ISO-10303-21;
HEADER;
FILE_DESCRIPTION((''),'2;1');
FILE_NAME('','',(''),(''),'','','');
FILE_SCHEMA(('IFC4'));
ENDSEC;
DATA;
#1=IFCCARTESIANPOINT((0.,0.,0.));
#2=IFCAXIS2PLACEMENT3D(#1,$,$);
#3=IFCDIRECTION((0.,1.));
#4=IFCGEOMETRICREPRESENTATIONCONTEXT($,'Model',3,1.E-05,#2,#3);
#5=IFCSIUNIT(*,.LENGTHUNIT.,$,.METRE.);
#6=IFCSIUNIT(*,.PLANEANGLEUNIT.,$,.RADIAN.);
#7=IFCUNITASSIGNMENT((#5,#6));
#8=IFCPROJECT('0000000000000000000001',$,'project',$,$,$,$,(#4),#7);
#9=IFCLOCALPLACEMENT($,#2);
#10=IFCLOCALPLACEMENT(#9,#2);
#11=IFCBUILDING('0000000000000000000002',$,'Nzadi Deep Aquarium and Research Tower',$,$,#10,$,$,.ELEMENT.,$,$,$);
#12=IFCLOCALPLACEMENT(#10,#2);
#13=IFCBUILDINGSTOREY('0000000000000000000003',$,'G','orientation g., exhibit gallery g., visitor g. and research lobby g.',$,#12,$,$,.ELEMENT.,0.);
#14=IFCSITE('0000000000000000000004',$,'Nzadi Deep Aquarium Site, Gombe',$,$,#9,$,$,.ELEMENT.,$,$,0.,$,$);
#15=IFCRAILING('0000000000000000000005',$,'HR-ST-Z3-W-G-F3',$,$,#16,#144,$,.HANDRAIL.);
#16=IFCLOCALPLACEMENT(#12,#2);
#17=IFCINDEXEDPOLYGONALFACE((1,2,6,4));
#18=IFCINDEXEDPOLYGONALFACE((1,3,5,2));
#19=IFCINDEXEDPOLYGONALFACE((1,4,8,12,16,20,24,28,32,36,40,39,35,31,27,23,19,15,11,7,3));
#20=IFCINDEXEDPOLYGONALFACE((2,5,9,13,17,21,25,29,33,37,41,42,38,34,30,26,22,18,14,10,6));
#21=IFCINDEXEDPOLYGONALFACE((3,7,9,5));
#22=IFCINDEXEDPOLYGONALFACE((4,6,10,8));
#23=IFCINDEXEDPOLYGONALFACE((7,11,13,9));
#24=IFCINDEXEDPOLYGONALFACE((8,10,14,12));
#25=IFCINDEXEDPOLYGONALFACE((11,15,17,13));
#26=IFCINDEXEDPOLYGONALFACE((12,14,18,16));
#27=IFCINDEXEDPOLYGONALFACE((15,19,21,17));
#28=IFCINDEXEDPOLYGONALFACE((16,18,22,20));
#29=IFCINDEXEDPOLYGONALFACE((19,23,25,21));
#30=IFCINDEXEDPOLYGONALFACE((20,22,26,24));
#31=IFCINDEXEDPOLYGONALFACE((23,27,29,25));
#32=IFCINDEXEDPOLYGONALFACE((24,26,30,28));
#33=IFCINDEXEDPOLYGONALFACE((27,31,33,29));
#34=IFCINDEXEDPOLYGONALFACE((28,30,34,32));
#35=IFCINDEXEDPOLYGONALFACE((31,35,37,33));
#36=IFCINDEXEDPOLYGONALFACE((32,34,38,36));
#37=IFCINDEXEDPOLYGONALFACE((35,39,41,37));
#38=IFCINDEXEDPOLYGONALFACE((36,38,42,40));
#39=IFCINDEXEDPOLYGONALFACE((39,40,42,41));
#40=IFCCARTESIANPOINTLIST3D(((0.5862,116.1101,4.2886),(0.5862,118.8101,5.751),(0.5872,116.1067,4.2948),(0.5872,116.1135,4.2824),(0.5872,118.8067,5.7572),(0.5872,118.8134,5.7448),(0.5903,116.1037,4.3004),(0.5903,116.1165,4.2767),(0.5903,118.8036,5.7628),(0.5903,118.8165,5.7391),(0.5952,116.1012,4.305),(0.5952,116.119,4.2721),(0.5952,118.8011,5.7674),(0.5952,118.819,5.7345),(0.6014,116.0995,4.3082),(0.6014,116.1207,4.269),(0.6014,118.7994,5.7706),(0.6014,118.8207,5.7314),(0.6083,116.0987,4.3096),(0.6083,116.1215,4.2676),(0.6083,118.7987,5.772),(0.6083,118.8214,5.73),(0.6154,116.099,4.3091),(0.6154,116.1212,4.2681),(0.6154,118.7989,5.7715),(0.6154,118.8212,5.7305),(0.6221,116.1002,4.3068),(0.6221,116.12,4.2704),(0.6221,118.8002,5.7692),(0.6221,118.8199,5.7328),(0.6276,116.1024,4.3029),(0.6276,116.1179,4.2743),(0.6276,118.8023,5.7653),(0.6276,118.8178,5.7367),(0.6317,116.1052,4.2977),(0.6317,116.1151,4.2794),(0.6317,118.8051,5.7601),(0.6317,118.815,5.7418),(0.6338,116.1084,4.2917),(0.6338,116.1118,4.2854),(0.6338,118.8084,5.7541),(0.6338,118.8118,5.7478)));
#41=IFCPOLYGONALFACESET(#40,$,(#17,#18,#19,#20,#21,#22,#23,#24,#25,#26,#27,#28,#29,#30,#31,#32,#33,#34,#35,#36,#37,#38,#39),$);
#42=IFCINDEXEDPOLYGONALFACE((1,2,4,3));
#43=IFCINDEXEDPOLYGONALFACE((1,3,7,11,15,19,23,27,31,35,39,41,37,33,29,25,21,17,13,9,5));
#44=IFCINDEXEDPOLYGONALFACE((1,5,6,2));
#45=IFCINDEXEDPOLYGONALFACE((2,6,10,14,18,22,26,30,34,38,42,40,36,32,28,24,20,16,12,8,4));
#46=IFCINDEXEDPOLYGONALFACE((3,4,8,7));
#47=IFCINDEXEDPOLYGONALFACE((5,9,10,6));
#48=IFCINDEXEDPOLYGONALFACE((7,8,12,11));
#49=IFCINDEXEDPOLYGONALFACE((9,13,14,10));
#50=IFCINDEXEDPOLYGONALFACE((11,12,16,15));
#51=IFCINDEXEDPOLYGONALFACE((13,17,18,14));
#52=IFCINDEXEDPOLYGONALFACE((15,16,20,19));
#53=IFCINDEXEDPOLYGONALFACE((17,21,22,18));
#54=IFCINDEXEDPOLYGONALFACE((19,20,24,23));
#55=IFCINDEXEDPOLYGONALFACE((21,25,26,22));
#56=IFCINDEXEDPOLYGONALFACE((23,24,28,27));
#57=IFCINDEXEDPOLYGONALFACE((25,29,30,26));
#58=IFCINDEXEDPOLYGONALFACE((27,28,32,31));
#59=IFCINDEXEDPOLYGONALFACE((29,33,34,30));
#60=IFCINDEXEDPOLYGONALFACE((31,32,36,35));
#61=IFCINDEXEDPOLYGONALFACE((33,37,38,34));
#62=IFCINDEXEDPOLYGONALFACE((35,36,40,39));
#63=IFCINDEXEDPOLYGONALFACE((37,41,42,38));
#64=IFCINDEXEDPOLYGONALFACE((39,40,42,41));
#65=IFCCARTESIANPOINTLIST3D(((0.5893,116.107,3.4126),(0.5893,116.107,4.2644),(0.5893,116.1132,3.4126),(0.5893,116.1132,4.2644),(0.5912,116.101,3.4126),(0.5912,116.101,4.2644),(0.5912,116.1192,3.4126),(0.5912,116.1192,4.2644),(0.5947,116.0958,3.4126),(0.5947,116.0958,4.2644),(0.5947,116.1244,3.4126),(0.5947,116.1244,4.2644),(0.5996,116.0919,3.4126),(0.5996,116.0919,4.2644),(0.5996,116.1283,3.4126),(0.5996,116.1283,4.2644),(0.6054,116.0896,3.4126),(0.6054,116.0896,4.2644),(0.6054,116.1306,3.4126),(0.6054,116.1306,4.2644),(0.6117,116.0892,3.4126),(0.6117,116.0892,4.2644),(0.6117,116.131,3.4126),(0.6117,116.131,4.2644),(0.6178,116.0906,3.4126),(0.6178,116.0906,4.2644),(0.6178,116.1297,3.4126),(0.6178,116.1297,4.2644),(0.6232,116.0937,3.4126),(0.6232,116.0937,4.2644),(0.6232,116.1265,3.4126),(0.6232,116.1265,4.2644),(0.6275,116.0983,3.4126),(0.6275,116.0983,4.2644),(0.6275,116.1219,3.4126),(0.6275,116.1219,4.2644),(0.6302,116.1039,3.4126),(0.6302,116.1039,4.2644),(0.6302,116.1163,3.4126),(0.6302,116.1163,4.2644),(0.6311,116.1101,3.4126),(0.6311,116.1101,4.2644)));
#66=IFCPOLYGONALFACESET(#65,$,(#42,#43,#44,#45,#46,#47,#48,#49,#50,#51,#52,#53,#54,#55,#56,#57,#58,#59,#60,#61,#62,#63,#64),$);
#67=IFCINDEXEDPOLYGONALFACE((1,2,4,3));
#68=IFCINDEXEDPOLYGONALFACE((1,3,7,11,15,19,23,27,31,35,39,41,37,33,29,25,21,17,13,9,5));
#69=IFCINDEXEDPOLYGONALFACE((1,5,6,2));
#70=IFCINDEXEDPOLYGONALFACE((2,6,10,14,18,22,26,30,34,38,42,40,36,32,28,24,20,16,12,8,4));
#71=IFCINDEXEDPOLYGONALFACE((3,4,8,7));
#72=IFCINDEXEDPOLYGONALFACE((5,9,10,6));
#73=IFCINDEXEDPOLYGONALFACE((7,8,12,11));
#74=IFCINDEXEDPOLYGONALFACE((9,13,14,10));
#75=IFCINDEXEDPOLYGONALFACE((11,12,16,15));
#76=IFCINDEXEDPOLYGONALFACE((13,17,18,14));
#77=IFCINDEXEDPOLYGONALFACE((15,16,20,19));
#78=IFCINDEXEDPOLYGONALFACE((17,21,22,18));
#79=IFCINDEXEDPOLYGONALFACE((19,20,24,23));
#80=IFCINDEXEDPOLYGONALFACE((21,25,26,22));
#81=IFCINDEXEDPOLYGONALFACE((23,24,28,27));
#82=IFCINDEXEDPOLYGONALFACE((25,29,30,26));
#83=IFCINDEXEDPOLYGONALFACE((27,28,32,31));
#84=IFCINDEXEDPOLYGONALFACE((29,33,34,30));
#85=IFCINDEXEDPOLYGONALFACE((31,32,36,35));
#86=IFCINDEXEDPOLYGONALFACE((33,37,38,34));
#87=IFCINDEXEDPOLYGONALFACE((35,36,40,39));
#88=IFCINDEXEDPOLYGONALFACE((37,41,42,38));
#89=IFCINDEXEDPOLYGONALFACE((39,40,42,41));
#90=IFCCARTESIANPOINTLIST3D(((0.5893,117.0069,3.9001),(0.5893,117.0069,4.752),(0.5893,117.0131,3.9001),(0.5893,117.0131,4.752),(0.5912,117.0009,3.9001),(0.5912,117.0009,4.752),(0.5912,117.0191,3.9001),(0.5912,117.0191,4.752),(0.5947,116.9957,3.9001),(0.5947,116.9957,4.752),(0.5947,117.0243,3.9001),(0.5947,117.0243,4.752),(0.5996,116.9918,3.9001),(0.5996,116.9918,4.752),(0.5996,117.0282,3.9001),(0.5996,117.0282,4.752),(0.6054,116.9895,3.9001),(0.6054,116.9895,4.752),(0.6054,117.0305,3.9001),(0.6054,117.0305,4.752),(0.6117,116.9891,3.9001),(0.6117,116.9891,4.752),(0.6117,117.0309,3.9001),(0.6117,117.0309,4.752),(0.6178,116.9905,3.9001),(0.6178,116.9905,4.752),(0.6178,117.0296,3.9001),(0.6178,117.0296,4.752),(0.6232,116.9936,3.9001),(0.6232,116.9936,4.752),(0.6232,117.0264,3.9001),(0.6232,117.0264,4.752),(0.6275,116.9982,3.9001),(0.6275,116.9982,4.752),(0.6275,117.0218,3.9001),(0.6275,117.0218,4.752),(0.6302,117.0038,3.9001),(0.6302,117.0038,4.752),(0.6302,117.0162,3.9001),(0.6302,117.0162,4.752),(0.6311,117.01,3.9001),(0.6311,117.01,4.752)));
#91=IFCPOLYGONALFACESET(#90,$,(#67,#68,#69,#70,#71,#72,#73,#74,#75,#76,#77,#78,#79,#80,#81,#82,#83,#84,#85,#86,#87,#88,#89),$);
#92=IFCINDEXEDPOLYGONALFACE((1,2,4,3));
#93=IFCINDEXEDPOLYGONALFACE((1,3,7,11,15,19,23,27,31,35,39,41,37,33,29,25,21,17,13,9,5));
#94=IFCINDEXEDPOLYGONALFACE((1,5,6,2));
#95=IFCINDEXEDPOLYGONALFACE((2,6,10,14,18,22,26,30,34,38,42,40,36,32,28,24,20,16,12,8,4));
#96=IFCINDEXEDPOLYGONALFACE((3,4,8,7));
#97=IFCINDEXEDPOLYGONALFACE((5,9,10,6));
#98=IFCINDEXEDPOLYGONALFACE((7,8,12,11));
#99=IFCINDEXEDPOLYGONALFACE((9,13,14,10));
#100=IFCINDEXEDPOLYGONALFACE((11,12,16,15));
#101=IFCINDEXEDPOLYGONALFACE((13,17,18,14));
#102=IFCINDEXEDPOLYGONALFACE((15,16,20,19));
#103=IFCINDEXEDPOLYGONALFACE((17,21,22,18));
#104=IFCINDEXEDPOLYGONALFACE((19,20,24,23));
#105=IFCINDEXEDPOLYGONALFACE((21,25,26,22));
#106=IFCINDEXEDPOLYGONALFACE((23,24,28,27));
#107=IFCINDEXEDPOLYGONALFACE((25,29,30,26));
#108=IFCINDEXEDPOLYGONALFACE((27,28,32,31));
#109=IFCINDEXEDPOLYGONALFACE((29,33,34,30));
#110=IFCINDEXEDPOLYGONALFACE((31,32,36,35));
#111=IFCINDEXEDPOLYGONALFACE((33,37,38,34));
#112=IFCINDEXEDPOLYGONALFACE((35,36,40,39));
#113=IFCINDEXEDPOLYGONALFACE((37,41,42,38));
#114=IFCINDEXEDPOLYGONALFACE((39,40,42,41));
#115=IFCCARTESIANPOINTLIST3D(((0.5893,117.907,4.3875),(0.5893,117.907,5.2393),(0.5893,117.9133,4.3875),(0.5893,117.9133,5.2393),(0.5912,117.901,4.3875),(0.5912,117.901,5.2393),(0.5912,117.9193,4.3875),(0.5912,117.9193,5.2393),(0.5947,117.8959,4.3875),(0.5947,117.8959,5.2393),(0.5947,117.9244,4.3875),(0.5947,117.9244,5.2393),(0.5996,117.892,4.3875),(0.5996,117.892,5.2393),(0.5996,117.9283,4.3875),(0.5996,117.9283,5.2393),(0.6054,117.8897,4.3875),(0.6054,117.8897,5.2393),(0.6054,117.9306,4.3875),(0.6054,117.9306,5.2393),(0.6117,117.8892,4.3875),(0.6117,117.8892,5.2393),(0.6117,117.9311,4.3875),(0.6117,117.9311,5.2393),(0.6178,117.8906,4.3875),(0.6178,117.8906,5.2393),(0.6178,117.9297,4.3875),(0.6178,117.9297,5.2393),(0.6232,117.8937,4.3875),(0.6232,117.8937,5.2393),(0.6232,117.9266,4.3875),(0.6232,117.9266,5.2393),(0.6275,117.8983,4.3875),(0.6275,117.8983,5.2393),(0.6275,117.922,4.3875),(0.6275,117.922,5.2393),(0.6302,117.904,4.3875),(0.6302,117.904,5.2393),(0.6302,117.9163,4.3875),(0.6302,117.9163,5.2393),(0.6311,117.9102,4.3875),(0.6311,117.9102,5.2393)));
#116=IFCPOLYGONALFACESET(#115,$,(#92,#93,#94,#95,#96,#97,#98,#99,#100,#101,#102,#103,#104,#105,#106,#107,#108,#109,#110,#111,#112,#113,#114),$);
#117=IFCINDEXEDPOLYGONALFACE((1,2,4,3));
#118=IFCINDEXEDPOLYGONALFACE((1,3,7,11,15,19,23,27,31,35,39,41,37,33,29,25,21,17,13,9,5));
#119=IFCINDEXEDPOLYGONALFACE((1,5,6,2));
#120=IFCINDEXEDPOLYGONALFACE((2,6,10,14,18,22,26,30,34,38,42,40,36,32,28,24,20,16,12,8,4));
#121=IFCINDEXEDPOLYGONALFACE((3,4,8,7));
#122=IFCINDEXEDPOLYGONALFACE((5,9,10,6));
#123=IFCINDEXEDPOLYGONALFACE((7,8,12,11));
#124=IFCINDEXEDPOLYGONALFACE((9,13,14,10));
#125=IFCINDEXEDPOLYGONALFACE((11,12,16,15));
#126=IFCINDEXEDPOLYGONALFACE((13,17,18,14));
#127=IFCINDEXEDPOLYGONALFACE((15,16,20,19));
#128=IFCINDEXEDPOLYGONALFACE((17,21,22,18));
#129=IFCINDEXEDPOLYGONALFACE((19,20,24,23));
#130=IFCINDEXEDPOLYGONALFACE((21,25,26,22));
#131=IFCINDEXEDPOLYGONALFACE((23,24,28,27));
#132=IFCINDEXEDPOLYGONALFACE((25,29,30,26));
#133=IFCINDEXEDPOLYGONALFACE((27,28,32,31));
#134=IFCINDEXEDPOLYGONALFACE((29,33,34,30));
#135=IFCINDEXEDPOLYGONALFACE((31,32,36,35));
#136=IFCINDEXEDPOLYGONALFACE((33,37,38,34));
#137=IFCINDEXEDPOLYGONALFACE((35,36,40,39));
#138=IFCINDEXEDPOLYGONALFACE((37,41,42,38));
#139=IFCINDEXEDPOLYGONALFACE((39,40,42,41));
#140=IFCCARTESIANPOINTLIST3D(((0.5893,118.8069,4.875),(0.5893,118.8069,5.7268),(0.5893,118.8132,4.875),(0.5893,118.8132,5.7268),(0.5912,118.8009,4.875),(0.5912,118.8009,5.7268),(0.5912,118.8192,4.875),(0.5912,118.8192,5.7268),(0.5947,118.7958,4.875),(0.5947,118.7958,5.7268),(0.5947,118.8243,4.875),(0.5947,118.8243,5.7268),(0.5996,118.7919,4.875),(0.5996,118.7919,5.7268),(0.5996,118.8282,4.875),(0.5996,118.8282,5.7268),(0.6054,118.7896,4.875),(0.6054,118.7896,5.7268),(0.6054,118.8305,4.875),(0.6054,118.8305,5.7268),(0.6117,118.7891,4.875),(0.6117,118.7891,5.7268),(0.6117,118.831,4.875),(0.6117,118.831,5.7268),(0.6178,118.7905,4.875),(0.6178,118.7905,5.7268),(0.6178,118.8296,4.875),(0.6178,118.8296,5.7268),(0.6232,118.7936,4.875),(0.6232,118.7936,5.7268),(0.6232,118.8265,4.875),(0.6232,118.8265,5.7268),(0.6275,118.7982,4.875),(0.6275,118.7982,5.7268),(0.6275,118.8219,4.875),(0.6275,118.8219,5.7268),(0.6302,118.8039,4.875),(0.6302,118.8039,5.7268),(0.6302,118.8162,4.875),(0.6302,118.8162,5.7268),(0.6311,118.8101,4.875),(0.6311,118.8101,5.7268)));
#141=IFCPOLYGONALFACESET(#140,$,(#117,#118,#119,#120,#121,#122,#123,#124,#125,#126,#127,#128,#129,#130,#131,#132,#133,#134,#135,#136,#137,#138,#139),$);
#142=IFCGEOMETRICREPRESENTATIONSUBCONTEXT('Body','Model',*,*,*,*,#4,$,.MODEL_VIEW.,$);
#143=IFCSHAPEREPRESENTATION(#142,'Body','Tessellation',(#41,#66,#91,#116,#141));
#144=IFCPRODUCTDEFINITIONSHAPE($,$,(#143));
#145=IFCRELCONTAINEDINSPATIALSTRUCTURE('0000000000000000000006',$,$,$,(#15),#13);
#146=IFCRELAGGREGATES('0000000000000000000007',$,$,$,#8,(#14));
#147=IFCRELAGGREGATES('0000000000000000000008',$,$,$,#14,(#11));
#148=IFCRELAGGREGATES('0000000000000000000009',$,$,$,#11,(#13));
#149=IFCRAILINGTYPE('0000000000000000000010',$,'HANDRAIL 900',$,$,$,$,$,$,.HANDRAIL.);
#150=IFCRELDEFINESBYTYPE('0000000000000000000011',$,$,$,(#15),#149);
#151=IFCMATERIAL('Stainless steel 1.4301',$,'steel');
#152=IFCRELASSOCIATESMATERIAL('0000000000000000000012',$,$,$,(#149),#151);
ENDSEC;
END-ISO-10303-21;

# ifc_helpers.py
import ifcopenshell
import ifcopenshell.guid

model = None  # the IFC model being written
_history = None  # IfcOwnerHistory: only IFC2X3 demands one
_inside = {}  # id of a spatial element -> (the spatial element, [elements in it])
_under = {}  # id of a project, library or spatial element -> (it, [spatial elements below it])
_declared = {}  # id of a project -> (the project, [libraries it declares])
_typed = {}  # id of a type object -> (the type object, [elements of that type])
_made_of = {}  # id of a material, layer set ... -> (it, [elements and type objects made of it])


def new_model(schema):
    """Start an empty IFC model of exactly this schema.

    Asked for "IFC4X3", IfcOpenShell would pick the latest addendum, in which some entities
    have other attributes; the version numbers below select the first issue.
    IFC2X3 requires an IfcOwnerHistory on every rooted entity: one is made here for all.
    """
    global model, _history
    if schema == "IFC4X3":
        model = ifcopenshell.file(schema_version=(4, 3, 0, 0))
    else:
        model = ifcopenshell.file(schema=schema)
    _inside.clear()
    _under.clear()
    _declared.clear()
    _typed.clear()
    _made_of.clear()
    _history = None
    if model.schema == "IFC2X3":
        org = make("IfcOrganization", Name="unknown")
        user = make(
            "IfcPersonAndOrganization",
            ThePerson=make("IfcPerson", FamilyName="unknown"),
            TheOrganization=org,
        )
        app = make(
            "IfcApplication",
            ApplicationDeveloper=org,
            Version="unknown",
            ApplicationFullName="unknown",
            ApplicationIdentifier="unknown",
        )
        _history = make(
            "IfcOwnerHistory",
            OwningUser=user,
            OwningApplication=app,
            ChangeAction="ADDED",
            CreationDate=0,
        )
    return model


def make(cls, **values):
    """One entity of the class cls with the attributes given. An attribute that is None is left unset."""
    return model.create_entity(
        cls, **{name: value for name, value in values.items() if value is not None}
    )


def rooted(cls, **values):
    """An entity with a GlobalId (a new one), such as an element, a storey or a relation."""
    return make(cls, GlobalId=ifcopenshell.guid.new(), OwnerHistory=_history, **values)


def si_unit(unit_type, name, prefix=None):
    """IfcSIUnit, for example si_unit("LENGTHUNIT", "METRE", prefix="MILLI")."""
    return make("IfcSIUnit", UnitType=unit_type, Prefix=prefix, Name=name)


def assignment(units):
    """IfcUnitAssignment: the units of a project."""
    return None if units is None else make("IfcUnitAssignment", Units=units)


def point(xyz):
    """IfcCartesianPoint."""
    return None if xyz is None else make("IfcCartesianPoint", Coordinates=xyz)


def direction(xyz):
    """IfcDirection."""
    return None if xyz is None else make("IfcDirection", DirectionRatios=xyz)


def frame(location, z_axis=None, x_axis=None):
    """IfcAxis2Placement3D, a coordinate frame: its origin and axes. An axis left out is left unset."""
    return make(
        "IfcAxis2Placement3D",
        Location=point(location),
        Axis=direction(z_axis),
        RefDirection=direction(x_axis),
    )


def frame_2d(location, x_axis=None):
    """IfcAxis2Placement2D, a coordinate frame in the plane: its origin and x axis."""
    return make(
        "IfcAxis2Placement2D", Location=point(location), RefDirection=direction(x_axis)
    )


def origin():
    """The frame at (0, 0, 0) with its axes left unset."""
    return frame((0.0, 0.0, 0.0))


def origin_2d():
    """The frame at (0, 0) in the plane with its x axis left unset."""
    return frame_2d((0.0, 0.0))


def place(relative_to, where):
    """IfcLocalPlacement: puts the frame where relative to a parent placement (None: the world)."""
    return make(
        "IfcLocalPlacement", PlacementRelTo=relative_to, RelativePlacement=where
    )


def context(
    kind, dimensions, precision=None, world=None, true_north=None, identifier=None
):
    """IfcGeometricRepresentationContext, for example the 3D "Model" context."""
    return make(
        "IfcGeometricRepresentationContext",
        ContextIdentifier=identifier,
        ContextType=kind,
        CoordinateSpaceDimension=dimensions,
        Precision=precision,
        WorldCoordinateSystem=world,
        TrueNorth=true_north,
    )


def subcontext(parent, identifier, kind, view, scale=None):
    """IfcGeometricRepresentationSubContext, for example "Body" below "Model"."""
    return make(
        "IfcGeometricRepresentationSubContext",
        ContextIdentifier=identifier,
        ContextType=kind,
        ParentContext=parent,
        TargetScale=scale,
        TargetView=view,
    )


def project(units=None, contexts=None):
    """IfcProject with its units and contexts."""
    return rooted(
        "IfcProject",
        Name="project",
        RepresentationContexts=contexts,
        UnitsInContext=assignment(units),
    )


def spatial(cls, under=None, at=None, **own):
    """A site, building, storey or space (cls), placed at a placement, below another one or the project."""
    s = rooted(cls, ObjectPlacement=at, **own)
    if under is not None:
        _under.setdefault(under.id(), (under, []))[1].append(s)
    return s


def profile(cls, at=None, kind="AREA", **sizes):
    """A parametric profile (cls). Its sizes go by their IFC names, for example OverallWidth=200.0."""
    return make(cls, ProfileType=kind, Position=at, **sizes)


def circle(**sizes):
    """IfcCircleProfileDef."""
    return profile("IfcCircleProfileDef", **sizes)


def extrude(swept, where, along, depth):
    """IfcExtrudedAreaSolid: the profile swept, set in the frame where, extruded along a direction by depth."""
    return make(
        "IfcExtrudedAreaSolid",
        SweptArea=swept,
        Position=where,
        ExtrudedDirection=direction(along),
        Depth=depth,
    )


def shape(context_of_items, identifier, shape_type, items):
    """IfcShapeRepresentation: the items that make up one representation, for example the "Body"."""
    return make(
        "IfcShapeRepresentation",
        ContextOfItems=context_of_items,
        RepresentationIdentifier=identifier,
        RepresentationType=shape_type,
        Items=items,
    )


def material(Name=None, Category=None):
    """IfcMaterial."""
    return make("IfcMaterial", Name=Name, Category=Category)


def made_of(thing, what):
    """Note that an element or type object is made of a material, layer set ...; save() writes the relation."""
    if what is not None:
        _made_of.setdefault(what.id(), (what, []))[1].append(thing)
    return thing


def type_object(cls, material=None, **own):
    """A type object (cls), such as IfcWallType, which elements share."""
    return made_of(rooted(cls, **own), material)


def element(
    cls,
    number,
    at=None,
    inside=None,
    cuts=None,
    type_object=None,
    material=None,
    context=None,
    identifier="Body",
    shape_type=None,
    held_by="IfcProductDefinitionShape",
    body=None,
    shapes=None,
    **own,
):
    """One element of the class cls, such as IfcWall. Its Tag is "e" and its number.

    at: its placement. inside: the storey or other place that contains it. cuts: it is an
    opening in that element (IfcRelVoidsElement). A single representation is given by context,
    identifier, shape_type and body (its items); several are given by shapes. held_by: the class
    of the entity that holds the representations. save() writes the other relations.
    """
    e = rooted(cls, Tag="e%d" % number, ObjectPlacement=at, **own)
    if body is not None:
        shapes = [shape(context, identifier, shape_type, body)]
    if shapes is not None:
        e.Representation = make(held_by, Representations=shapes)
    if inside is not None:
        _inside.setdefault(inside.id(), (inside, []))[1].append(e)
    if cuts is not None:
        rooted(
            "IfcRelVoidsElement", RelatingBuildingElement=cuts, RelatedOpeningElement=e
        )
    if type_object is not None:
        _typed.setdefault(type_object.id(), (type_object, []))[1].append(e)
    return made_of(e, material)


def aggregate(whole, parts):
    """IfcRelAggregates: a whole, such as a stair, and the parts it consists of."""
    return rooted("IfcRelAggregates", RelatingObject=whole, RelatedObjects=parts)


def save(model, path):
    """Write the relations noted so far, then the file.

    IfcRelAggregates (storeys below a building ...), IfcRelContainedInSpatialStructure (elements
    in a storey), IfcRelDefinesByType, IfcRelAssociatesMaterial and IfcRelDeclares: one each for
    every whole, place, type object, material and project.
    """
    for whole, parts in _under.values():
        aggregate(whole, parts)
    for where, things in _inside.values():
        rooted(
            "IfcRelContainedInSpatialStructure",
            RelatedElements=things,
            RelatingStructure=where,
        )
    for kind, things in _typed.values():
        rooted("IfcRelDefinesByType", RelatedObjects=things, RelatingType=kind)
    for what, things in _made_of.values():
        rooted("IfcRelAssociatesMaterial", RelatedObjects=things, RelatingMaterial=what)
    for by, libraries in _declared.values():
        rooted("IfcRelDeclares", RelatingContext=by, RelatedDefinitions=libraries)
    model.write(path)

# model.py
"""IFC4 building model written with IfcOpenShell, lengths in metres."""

from ifc_helpers import new_model, si_unit, direction, frame, origin, origin_2d, place, context, subcontext, project, spatial, circle, extrude, material, type_object, element, save


model = new_model("IFC4")

# Units and contexts
model_context = context("Model", 3, precision=1e-05, world=origin(), true_north=direction((0.0, 1.0)))
body_context = subcontext(model_context, "Body", "Model", "MODEL_VIEW")
ifc_project = project(units=[si_unit("LENGTHUNIT", "METRE"), si_unit("PLANEANGLEUNIT", "RADIAN")], contexts=[model_context])

# Site, building, storey
site_placement = place(None, origin())
site = spatial("IfcSite", under=ifc_project, at=site_placement, Name="Nzadi Deep Aquarium Site, Gombe", CompositionType="ELEMENT", RefElevation=0.0)
building_placement = place(site_placement, origin())
building = spatial("IfcBuilding", under=site, at=building_placement, Name="Nzadi Deep Aquarium and Research Tower", CompositionType="ELEMENT")
storey_placement = place(building_placement, origin())
storey = spatial("IfcBuildingStorey", under=building, at=storey_placement, Name="G", Description="orientation g., exhibit gallery g., visitor g. and research lobby g.", CompositionType="ELEMENT", Elevation=0.0)

# Railing
ifc_material_1 = material(Name="Stainless steel 1.4301", Category="steel")
railing_type = type_object("IfcRailingType", Name="HANDRAIL 900", PredefinedType="HANDRAIL", material=ifc_material_1)
for number, where, name in (
    (1, (0.6101, 116.1101, 3.4126), "HR-ST-Z3-W-G-F3"),
):
    element("IfcRailing", number, at=place(storey_placement, frame(where)), inside=storey, type_object=railing_type, Name=name, PredefinedType="HANDRAIL", context=body_context, shape_type="SweptSolid", body=[
        extrude(circle(Radius=0.0239, at=origin_2d()), frame((0.0, 0.0, 0.876), z_axis=(0.0, 0.879302, 0.476265), x_axis=(-1.0, 0.0, 0.0)), (0.0, 0.0, 1.0), 3.0706),
        extrude(circle(Radius=0.021, at=origin_2d()), origin(), (0.0, 0.0, 1.0), 0.8518),
        extrude(circle(Radius=0.021, at=origin_2d()), frame((0.0, 0.8999, 0.4875)), (0.0, 0.0, 1.0), 0.8518),
        extrude(circle(Radius=0.021, at=origin_2d()), frame((0.0, 1.8, 0.9749)), (0.0, 0.0, 1.0), 0.8518),
        extrude(circle(Radius=0.021, at=origin_2d()), frame((0.0, 2.7, 1.4624)), (0.0, 0.0, 1.0), 0.8518),
    ])

save(model, "model.ifc")
